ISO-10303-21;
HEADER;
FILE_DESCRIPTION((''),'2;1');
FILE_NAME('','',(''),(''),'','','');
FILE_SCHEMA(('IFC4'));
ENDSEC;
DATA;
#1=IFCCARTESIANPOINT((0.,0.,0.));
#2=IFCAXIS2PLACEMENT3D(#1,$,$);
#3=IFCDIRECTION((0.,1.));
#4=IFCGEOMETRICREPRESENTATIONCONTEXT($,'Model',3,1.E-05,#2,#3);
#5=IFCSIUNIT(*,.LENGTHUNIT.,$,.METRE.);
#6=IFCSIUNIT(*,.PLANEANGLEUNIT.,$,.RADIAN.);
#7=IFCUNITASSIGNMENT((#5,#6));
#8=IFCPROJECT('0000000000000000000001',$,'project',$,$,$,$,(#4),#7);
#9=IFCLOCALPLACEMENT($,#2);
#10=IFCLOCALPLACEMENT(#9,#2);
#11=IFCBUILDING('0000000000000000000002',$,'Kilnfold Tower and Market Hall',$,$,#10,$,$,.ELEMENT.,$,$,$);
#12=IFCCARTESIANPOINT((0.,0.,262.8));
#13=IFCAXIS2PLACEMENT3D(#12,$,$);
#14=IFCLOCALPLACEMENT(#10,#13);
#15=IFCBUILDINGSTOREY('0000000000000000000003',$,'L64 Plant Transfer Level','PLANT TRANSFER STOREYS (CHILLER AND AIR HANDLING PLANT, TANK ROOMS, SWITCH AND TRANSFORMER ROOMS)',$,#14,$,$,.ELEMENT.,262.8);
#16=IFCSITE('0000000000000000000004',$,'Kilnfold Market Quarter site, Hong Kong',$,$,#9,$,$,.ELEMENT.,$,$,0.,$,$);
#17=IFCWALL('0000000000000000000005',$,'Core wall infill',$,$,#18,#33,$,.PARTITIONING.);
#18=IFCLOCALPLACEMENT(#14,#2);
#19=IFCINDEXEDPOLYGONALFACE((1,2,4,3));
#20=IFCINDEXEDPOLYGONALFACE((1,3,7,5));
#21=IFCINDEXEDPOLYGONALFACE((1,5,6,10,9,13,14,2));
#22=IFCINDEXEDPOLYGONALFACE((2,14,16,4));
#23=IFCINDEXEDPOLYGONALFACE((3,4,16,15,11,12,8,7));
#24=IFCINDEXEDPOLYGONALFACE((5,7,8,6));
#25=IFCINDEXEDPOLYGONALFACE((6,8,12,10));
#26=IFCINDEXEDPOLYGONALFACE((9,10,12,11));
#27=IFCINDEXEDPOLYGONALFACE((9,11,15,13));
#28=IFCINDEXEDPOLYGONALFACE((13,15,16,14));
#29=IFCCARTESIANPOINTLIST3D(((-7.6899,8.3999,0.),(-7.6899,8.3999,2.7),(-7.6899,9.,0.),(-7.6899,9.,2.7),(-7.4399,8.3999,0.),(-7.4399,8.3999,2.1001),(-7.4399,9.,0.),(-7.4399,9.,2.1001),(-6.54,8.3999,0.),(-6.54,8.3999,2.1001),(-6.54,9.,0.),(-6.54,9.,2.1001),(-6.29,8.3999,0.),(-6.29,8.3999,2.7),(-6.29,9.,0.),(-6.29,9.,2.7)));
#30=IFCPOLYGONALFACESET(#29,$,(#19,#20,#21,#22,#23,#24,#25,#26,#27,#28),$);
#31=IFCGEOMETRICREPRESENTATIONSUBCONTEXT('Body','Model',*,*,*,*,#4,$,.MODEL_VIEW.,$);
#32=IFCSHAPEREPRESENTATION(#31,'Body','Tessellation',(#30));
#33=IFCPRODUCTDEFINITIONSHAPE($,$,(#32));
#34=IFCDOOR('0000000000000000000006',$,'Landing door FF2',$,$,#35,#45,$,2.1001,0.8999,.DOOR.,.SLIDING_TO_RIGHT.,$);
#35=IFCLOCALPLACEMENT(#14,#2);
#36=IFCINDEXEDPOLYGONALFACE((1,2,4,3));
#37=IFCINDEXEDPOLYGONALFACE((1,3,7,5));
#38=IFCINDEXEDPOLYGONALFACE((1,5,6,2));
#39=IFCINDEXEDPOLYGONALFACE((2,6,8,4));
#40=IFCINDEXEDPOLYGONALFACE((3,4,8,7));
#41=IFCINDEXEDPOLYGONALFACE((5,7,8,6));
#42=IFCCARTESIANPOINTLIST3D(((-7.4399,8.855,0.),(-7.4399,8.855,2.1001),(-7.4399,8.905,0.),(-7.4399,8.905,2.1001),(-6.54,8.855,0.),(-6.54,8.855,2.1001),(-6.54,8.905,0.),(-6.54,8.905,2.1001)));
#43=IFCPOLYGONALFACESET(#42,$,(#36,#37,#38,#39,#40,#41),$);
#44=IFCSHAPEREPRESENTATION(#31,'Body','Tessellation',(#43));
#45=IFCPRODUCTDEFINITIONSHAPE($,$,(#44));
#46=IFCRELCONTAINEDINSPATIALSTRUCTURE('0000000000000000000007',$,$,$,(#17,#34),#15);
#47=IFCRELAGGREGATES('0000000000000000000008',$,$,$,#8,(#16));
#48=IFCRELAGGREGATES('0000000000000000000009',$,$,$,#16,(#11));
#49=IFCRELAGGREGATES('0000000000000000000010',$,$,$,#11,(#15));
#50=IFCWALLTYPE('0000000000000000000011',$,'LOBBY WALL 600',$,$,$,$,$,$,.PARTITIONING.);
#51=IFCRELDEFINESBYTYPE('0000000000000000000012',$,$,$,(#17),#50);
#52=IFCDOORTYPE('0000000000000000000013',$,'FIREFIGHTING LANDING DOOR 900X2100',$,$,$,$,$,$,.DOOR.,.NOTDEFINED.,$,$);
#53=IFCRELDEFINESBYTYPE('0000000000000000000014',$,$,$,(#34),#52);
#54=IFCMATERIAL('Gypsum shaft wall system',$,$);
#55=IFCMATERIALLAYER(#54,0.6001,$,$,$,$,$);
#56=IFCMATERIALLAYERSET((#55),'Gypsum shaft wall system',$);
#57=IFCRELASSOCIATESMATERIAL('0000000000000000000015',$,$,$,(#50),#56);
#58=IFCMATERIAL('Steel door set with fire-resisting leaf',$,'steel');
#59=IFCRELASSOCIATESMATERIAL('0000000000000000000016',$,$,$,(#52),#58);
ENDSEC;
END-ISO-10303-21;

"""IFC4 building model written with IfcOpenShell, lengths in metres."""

from ifc_helpers import new_model, si_unit, direction, frame, frame_2d, origin, place, context, subcontext, project, spatial, rectangle, extrude, source, transform, mapped, material, layer, layer_set, type_object, element, fill, save


model = new_model("IFC4")

# Units and contexts
model_context = context("Model", 3, precision=1e-05, world=origin(), true_north=direction((0.0, 1.0)))
body_context = subcontext(model_context, "Body", "Model", "MODEL_VIEW")
ifc_project = project(units=[si_unit("LENGTHUNIT", "METRE"), si_unit("PLANEANGLEUNIT", "RADIAN")], contexts=[model_context])

# Site, building, storey
site_placement = place(None, origin())
site = spatial("IfcSite", under=ifc_project, at=site_placement, Name="Kilnfold Market Quarter site, Hong Kong", CompositionType="ELEMENT", RefElevation=0.0)
building_placement = place(site_placement, origin())
building = spatial("IfcBuilding", under=site, at=building_placement, Name="Kilnfold Tower and Market Hall", CompositionType="ELEMENT")
storey_placement = place(building_placement, frame((0.0, 0.0, 262.8)))
storey = spatial("IfcBuildingStorey", under=building, at=storey_placement, Name="L64 Plant Transfer Level", Description="PLANT TRANSFER STOREYS (CHILLER AND AIR HANDLING PLANT, TANK ROOMS, SWITCH AND TRANSFORMER ROOMS)", CompositionType="ELEMENT", Elevation=262.8)

# Wall, opening, door
ifc_material_1 = material(Name="Gypsum shaft wall system")
ifc_layer_1 = layer(ifc_material_1, 0.6001)
ifc_layer_set_1 = layer_set([ifc_layer_1], Name="Gypsum shaft wall system")
wall_type_1 = type_object("IfcWallType", Name="LOBBY WALL 600", PredefinedType="PARTITIONING", material=ifc_layer_set_1)
ifc_material_2 = material(Name="Steel door set with fire-resisting leaf", Category="steel")
door_type_1 = type_object("IfcDoorType", Name="FIREFIGHTING LANDING DOOR 900X2100", OperationType="NOTDEFINED", PredefinedType="DOOR", material=ifc_material_2)
shared_shape_1 = source(origin(), body_context, "Body", "SweptSolid", [
    extrude(rectangle(XDim=1.3999, YDim=0.6001, at=frame_2d((0.7, 0.0))), origin(), (0.0, 0.0, 1.0), 2.7),
])
wall_1_placement = place(storey_placement, frame((-7.6899, 8.7, 0.0), z_axis=(0.0, 0.0, 1.0), x_axis=(1.0, 0.0, 0.0)))
wall_1 = element("IfcWall", 1, at=wall_1_placement, inside=storey, type_object=wall_type_1, Name="Core wall infill", PredefinedType="PARTITIONING", context=body_context, shape_type="MappedRepresentation", body=[
    mapped(shared_shape_1, transform((0.0, 0.0, 0.0))),
])
opening_1_placement = place(wall_1_placement, frame((0.25, 0.0, 0.0)))
opening_1 = element("IfcOpeningElement", 2, at=opening_1_placement, cuts=wall_1, PredefinedType="OPENING", context=body_context, shape_type="SweptSolid", body=[
    extrude(rectangle(XDim=0.8999, YDim=2.1001, at=frame_2d((0.45, 1.05))), frame((0.0, 0.3101, 0.0), z_axis=(0.0, -1.0, 0.0), x_axis=(1.0, 0.0, 0.0)), (0.0, 0.0, 1.0), 0.6201),
])
door_1_placement = place(opening_1_placement, origin())
door_1 = element("IfcDoor", 3, at=door_1_placement, inside=storey, type_object=door_type_1, Name="Landing door FF2", OperationType="SLIDING_TO_RIGHT", OverallHeight=2.1001, OverallWidth=0.8999, PredefinedType="DOOR", context=body_context, shape_type="SweptSolid", body=[
    extrude(rectangle(XDim=0.8999, YDim=2.1001, at=frame_2d((0.45, 1.05))), frame((0.0, 0.2051, 0.0), z_axis=(0.0, -1.0, 0.0), x_axis=(1.0, 0.0, 0.0)), (0.0, 0.0, 1.0), 0.05),
])
fill(opening_1, door_1)

save(model, "model.ifc")
